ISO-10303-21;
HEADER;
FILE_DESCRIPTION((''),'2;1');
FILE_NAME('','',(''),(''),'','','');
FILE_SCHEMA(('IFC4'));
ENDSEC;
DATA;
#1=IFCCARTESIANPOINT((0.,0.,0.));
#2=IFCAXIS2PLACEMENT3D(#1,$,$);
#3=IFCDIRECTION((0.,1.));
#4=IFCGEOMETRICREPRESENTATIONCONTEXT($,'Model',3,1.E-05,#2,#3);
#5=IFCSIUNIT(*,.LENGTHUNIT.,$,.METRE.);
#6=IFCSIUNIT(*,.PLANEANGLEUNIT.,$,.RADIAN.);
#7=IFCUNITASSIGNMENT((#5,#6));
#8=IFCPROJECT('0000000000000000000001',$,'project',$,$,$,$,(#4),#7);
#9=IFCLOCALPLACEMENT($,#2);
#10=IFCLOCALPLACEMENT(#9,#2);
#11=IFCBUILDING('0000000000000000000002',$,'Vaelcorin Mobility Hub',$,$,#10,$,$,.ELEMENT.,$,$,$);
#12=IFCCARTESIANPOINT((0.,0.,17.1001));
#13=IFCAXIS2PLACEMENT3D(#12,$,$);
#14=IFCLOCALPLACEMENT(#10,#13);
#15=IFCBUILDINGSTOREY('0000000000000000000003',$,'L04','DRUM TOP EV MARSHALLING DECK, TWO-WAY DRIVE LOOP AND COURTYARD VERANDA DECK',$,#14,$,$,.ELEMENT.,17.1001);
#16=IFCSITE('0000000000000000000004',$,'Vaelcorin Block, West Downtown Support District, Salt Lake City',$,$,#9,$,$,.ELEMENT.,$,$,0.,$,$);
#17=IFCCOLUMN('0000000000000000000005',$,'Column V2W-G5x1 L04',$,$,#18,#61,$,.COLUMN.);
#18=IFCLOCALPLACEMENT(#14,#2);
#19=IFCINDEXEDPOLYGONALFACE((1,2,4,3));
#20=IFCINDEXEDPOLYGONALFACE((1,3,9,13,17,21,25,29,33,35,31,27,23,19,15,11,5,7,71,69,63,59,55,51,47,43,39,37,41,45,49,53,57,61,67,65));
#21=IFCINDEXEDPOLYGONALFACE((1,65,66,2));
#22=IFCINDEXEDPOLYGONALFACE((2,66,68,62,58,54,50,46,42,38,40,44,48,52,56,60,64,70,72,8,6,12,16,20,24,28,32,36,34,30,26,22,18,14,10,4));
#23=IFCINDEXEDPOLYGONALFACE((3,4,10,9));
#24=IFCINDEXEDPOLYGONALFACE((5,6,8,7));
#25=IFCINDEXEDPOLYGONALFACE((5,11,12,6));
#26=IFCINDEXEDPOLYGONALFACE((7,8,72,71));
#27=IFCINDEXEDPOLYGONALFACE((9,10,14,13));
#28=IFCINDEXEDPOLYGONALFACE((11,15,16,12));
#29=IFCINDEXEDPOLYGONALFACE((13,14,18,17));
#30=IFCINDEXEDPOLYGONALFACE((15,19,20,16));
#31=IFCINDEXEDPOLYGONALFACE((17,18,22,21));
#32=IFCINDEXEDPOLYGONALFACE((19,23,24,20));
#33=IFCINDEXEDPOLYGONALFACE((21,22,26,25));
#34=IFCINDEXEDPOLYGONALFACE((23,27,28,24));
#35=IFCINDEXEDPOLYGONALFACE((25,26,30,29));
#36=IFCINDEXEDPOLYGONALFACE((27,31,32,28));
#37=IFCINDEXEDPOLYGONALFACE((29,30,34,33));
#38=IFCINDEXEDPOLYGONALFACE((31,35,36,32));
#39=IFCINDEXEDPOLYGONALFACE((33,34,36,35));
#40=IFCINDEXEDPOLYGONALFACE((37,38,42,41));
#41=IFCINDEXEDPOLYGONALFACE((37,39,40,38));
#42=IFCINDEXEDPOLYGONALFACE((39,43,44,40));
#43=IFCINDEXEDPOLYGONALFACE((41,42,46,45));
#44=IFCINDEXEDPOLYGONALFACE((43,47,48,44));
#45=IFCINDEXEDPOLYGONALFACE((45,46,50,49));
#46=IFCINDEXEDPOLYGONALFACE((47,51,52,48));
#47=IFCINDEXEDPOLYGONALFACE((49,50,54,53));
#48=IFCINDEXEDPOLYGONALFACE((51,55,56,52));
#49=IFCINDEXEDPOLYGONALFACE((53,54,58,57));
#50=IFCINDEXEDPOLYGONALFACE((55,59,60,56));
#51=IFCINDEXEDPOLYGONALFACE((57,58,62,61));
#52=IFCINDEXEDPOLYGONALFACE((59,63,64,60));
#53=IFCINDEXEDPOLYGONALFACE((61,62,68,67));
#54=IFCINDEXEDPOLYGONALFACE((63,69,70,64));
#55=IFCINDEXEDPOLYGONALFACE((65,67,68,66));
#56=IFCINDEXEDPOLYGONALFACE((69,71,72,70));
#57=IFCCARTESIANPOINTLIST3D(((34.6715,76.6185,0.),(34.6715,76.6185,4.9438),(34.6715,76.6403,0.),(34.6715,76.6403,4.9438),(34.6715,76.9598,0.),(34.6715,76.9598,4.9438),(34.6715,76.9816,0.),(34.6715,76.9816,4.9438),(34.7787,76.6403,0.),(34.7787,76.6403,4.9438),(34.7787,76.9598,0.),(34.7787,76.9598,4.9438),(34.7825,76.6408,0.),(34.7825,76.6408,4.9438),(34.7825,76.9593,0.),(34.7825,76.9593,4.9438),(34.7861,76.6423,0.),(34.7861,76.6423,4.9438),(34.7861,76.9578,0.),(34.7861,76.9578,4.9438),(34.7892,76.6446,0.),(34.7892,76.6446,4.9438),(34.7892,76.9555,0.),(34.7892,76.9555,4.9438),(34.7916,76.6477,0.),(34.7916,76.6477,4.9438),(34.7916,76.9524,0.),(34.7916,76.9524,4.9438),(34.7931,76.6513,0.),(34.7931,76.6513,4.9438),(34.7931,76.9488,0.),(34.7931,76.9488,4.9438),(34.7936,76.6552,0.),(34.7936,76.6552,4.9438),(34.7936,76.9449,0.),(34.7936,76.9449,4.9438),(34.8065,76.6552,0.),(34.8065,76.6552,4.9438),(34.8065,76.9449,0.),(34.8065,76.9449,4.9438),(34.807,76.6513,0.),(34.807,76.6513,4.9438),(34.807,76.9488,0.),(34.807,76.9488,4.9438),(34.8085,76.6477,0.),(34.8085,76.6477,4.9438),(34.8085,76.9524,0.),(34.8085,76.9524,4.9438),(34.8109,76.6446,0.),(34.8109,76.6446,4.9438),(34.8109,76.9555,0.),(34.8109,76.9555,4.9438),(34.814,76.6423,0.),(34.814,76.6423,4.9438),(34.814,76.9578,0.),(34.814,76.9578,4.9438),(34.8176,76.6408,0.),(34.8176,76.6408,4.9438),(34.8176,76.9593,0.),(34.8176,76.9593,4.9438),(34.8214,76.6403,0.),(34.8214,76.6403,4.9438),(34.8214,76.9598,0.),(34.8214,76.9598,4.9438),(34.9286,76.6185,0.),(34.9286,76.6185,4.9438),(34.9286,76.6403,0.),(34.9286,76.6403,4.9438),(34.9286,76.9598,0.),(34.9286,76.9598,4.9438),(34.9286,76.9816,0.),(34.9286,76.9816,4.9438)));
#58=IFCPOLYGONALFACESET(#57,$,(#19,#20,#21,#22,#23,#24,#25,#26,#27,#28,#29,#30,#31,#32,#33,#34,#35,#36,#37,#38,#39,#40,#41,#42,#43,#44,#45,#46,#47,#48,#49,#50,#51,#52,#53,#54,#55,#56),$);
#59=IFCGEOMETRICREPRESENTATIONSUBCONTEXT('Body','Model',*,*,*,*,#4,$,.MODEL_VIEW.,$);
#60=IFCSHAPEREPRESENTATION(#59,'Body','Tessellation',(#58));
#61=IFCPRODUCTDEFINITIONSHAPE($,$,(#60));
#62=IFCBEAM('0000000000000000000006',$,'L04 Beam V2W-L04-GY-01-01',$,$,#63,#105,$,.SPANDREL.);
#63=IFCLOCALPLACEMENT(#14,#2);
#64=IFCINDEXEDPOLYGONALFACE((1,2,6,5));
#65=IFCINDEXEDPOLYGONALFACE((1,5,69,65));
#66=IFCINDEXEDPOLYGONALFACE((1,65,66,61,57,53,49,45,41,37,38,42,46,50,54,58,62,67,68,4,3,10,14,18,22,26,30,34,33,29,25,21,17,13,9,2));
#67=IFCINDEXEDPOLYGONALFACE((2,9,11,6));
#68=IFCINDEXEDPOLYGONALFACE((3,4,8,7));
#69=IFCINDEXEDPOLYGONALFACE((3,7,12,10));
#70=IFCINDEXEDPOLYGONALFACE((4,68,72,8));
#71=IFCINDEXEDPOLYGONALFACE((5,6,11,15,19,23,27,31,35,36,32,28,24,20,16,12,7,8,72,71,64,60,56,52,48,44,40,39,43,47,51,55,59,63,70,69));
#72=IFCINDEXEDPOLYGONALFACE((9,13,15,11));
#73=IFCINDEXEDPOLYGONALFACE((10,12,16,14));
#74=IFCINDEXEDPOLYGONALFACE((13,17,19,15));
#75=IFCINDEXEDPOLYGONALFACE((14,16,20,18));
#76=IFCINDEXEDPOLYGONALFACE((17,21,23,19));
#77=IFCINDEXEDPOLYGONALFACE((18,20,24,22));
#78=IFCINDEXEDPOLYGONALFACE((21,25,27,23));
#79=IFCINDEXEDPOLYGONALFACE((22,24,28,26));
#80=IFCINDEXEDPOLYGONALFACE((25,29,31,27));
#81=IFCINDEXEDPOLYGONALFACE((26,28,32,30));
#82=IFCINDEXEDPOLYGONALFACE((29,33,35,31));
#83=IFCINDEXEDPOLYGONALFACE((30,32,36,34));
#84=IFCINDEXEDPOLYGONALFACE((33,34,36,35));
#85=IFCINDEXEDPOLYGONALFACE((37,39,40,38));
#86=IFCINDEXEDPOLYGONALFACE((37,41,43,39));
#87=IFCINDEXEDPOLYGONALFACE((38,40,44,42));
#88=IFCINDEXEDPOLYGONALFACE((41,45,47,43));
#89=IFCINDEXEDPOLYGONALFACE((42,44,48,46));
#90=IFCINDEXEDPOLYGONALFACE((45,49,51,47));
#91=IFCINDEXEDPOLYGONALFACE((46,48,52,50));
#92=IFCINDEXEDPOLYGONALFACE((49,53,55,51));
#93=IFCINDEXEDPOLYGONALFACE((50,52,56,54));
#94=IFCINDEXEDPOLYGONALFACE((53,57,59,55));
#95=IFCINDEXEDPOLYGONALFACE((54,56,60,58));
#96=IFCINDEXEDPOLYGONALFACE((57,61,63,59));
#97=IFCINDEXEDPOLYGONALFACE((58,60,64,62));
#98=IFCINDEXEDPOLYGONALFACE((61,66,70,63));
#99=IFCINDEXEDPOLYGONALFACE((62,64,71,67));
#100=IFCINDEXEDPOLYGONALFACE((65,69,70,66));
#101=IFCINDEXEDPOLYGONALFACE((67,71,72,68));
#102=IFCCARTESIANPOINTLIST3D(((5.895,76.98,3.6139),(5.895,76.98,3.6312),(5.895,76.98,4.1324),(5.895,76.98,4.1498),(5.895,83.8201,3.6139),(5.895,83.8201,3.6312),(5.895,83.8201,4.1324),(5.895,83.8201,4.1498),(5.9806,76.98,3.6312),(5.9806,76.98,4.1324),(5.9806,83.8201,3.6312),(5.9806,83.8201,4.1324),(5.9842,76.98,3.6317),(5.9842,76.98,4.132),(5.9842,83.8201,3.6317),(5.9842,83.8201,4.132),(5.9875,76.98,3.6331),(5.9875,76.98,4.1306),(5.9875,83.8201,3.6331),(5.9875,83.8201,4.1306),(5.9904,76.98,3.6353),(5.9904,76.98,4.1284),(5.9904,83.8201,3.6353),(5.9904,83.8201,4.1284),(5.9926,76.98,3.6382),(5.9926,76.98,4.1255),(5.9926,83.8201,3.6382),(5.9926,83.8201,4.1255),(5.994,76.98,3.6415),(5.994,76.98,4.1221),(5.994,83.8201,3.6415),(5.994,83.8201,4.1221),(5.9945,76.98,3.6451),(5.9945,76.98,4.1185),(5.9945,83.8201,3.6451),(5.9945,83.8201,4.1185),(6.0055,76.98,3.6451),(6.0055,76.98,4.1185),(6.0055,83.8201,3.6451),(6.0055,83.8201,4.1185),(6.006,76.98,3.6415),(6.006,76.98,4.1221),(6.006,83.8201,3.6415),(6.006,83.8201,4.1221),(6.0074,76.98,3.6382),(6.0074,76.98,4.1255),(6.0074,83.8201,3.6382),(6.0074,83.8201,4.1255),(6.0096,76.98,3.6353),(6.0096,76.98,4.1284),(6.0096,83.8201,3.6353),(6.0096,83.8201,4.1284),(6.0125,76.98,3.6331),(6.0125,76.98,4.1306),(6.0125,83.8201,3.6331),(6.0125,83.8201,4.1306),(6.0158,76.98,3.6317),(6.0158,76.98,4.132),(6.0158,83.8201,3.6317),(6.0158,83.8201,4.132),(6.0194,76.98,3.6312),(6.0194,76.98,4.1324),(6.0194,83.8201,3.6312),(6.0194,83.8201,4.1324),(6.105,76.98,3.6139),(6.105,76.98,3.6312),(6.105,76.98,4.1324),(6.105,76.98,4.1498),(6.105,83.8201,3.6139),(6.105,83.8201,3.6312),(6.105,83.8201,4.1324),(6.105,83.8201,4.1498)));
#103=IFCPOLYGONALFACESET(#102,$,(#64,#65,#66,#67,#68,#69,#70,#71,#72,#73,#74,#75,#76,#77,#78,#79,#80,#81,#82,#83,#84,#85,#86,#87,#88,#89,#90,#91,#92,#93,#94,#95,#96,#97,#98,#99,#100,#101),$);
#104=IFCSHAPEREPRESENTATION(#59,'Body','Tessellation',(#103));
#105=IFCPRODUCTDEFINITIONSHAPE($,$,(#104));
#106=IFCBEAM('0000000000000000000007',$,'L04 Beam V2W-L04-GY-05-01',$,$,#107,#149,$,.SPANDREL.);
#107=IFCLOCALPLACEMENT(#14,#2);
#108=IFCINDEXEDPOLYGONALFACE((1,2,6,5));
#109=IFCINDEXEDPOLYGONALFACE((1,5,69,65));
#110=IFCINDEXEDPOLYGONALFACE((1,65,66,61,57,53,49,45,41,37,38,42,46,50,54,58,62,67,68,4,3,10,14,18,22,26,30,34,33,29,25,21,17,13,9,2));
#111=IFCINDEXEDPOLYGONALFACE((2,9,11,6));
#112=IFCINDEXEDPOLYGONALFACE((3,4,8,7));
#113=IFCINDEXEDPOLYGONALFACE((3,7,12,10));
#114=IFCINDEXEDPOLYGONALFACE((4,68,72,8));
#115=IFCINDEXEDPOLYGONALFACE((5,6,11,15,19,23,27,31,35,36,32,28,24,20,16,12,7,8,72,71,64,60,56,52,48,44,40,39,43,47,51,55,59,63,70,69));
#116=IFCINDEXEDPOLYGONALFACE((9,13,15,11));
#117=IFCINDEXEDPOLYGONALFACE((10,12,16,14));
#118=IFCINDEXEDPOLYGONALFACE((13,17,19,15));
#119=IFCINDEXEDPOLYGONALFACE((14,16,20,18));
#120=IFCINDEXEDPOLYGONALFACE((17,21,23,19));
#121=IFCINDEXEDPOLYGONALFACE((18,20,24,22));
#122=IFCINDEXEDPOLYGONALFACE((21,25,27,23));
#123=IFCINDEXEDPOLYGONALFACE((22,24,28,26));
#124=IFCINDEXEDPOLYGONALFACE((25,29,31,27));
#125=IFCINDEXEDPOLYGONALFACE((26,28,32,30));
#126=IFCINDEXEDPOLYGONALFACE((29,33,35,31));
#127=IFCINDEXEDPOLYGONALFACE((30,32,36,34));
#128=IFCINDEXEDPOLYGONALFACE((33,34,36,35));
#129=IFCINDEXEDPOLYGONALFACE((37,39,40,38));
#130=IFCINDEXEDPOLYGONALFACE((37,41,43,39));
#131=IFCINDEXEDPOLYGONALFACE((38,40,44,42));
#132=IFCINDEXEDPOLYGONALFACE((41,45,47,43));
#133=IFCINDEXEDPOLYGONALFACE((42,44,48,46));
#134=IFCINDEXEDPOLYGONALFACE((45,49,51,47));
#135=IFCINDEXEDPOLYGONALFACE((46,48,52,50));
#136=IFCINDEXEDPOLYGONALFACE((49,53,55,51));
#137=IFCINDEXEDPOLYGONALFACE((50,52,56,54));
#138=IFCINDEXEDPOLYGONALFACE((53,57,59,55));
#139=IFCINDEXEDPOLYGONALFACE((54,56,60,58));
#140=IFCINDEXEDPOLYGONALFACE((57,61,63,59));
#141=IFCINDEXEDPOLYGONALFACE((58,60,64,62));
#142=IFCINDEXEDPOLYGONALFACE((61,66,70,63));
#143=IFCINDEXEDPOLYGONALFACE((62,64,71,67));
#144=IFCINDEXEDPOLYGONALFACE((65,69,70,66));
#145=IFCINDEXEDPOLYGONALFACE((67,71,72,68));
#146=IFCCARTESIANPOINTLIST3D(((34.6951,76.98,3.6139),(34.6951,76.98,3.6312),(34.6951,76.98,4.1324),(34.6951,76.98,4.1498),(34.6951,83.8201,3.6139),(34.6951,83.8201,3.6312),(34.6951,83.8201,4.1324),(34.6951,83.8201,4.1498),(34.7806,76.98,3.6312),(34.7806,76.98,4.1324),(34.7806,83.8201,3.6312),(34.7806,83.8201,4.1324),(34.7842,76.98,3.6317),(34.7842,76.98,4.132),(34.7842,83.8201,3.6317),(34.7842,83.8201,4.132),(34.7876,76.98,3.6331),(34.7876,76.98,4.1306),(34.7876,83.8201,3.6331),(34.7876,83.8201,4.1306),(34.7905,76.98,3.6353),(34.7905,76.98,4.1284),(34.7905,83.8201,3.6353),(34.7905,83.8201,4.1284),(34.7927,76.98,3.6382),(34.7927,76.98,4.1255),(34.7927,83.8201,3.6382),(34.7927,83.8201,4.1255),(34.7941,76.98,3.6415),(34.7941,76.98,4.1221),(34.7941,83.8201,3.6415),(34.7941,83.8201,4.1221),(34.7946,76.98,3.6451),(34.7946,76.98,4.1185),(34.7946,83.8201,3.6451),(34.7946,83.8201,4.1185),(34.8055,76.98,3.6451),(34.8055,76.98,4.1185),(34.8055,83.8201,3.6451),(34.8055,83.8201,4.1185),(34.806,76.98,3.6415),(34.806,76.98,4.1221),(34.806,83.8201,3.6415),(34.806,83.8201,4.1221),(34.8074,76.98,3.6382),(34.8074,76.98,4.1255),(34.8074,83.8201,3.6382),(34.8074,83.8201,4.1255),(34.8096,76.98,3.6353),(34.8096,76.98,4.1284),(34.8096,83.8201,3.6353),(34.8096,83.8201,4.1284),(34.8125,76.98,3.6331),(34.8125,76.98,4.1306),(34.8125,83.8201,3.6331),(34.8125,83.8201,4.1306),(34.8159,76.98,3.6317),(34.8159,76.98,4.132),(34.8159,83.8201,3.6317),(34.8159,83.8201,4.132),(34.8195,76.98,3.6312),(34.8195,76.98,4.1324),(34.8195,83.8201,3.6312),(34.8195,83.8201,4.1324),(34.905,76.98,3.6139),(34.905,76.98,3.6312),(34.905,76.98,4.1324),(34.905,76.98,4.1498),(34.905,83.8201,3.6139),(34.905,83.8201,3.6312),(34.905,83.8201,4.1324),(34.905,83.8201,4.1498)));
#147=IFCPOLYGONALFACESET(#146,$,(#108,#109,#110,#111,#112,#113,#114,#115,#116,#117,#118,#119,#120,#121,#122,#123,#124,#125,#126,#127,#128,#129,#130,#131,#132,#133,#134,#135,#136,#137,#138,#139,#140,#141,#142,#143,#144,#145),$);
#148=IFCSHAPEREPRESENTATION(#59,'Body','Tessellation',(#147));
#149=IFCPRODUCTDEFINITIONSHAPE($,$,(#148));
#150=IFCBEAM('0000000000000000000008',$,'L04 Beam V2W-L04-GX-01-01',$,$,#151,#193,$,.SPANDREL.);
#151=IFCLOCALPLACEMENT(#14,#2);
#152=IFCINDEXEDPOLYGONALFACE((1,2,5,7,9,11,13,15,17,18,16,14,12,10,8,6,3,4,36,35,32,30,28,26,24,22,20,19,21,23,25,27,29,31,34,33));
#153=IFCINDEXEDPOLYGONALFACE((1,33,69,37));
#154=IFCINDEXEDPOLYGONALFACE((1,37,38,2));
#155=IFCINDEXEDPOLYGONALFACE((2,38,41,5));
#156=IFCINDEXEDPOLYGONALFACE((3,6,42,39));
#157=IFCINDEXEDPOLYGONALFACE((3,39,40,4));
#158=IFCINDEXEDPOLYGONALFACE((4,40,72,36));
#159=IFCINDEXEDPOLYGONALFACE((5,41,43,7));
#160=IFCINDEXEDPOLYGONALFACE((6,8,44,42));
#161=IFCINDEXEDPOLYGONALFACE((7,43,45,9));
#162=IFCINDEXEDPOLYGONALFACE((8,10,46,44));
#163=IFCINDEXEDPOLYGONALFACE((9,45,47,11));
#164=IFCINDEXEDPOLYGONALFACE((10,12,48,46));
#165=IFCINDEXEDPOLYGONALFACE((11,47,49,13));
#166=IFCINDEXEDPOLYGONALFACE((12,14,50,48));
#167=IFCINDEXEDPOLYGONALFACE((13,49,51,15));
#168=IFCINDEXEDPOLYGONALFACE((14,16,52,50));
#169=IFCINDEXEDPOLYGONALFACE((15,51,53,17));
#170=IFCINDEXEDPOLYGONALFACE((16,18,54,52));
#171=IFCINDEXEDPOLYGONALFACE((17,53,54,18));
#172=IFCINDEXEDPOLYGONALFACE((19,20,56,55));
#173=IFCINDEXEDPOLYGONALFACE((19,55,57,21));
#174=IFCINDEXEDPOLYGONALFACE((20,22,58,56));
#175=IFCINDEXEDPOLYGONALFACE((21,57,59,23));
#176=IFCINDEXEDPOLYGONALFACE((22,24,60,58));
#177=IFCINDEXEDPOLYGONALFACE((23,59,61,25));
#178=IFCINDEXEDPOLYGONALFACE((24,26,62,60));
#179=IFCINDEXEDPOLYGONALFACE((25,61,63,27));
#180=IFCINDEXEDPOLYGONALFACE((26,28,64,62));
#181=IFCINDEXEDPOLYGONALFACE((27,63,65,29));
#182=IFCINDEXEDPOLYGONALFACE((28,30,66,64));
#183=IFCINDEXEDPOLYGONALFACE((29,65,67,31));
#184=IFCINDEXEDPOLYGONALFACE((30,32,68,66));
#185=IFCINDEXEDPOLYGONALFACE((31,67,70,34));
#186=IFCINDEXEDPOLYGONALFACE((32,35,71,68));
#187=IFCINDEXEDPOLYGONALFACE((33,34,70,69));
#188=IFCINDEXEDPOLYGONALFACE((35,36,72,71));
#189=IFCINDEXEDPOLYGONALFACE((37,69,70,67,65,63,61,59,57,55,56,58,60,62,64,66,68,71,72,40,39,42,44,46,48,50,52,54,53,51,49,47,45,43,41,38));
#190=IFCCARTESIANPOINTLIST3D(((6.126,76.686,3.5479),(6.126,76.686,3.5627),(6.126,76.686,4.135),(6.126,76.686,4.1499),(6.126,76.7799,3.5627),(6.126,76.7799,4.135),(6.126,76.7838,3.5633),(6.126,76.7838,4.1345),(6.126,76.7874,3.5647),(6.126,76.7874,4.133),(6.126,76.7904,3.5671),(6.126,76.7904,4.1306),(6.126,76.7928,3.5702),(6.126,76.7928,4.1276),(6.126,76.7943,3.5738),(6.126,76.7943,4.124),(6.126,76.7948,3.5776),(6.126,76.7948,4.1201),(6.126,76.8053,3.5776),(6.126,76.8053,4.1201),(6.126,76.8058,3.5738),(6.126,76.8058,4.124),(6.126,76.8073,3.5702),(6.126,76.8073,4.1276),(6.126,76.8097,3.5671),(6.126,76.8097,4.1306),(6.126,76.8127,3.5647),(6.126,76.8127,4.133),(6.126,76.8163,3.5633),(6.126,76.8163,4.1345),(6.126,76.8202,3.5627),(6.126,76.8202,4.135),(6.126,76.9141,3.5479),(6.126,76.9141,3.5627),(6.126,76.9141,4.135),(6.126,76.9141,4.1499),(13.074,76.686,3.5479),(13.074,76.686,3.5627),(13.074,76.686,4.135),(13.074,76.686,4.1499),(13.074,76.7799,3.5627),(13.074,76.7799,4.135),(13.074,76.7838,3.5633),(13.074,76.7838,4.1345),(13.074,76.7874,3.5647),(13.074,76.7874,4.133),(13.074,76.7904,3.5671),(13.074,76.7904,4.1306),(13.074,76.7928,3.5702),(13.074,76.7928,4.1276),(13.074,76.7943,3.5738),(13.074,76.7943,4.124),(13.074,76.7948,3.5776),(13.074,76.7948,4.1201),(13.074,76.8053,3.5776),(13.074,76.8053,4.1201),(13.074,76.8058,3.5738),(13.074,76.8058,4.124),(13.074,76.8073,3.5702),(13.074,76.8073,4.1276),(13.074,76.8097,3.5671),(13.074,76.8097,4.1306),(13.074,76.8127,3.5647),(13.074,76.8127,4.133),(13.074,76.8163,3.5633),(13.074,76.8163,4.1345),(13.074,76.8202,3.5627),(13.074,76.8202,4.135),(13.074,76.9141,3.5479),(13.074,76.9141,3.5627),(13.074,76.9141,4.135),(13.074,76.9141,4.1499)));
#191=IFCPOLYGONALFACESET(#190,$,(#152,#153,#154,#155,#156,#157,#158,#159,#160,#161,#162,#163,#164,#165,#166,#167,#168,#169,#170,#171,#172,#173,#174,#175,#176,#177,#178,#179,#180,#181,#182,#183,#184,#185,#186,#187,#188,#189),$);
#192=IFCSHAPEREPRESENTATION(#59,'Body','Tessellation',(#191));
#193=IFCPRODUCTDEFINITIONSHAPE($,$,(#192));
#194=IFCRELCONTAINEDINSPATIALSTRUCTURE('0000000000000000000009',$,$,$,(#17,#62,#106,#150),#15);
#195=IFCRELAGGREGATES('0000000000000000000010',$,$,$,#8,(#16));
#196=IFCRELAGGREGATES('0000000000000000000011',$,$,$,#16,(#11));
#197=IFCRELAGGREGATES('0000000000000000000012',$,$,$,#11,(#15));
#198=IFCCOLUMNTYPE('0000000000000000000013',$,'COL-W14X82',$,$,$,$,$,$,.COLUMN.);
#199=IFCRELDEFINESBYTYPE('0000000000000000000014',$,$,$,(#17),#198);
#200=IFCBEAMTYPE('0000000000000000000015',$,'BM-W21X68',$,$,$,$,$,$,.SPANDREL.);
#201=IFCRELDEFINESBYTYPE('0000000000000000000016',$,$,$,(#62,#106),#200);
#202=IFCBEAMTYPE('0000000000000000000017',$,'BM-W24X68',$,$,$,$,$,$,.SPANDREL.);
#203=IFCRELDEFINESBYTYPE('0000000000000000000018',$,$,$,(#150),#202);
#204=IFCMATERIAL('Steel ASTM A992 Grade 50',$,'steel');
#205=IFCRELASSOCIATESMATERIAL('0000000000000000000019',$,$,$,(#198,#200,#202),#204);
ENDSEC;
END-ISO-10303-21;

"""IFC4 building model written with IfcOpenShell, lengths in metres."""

from ifc_helpers import new_model, si_unit, direction, frame, origin, origin_2d, place, context, subcontext, project, spatial, i_section, extrude, material, material_profile, profile_set, type_object, element, save


model = new_model("IFC4")

# Units and contexts
model_context = context("Model", 3, precision=1e-05, world=origin(), true_north=direction((0.0, 1.0)))
body_context = subcontext(model_context, "Body", "Model", "MODEL_VIEW")
ifc_project = project(units=[si_unit("LENGTHUNIT", "METRE"), si_unit("PLANEANGLEUNIT", "RADIAN")], contexts=[model_context])

# Site, building, storey
site_placement = place(None, origin())
site = spatial("IfcSite", under=ifc_project, at=site_placement, Name="Vaelcorin Block, West Downtown Support District, Salt Lake City", CompositionType="ELEMENT", RefElevation=0.0)
building_placement = place(site_placement, origin())
building = spatial("IfcBuilding", under=site, at=building_placement, Name="Vaelcorin Mobility Hub", CompositionType="ELEMENT")
storey_placement = place(building_placement, frame((0.0, 0.0, 17.1001)))
storey = spatial("IfcBuildingStorey", under=building, at=storey_placement, Name="L04", Description="DRUM TOP EV MARSHALLING DECK, TWO-WAY DRIVE LOOP AND COURTYARD VERANDA DECK", CompositionType="ELEMENT", Elevation=17.1001)

# Column
ifc_material_1 = material(Name="Steel ASTM A992 Grade 50", Category="steel")
ifc_material_profile_1 = material_profile(ifc_material_1, i_section(OverallWidth=0.2571, OverallDepth=0.363, WebThickness=0.0129, FlangeThickness=0.0217, FilletRadius=0.0149, at=origin_2d()), Name="W14X82")
ifc_profile_set_1 = profile_set([ifc_material_profile_1], Name="Steel ASTM A992 Grade 50")
column_type = type_object("IfcColumnType", Name="COL-W14X82", PredefinedType="COLUMN", material=ifc_profile_set_1)
for number, where, z_axis, x_axis, name in (
    (1, (34.8, 76.8, 0.0), (0.0, 0.0, 1.0), (1.0, 0.0, 0.0), "Column V2W-G5x1 L04"),
):
    element("IfcColumn", number, at=place(storey_placement, frame(where, z_axis=z_axis, x_axis=x_axis)), inside=storey, type_object=column_type, Name=name, PredefinedType="COLUMN", context=body_context, shape_type="SweptSolid", body=[
        extrude(i_section(OverallWidth=0.2571, OverallDepth=0.363, WebThickness=0.0129, FlangeThickness=0.0217, FilletRadius=0.0149, at=origin_2d()), origin(), (0.0, 0.0, 1.0), 4.9438),
    ])

# Beams
ifc_material_profile_2 = material_profile(ifc_material_1, i_section(OverallWidth=0.21, OverallDepth=0.5359, WebThickness=0.011, FlangeThickness=0.0173, FilletRadius=0.0139, at=origin_2d()), Name="W21X68")
ifc_profile_set_2 = profile_set([ifc_material_profile_2], Name="Steel ASTM A992 Grade 50")
beam_type_1 = type_object("IfcBeamType", Name="BM-W21X68", PredefinedType="SPANDREL", material=ifc_profile_set_2)
for number, where, z_axis, x_axis, name in (
    (2, (6.0, 76.98, 3.8818), (0.0, 1.0, 0.0), (-1.0, 0.0, 0.0), "L04 Beam V2W-L04-GY-01-01"),
    (3, (34.8, 76.98, 3.8818), (0.0, 1.0, 0.0), (-1.0, 0.0, 0.0), "L04 Beam V2W-L04-GY-05-01"),
):
    element("IfcBeam", number, at=place(storey_placement, frame(where, z_axis=z_axis, x_axis=x_axis)), inside=storey, type_object=beam_type_1, Name=name, PredefinedType="SPANDREL", context=body_context, shape_type="SweptSolid", body=[
        extrude(i_section(OverallWidth=0.21, OverallDepth=0.5359, WebThickness=0.011, FlangeThickness=0.0173, FilletRadius=0.0139, at=origin_2d()), origin(), (0.0, 0.0, 1.0), 6.8401),
    ])
ifc_material_profile_3 = material_profile(ifc_material_1, i_section(OverallWidth=0.228, OverallDepth=0.6021, WebThickness=0.0105, FlangeThickness=0.0149, FilletRadius=0.0149, at=origin_2d()), Name="W24X68")
ifc_profile_set_3 = profile_set([ifc_material_profile_3], Name="Steel ASTM A992 Grade 50")
beam_type_2 = type_object("IfcBeamType", Name="BM-W24X68", PredefinedType="SPANDREL", material=ifc_profile_set_3)
beam_1_placement = place(storey_placement, frame((6.126, 76.8, 3.8489), z_axis=(1.0, 0.0, 0.0), x_axis=(0.0, 1.0, 0.0)))
element("IfcBeam", 4, at=beam_1_placement, inside=storey, type_object=beam_type_2, Name="L04 Beam V2W-L04-GX-01-01", PredefinedType="SPANDREL", context=body_context, shape_type="SweptSolid", body=[
    extrude(i_section(OverallWidth=0.228, OverallDepth=0.6021, WebThickness=0.0105, FlangeThickness=0.0149, FilletRadius=0.0149, at=origin_2d()), origin(), (0.0, 0.0, 1.0), 6.948),
])

save(model, "model.ifc")
